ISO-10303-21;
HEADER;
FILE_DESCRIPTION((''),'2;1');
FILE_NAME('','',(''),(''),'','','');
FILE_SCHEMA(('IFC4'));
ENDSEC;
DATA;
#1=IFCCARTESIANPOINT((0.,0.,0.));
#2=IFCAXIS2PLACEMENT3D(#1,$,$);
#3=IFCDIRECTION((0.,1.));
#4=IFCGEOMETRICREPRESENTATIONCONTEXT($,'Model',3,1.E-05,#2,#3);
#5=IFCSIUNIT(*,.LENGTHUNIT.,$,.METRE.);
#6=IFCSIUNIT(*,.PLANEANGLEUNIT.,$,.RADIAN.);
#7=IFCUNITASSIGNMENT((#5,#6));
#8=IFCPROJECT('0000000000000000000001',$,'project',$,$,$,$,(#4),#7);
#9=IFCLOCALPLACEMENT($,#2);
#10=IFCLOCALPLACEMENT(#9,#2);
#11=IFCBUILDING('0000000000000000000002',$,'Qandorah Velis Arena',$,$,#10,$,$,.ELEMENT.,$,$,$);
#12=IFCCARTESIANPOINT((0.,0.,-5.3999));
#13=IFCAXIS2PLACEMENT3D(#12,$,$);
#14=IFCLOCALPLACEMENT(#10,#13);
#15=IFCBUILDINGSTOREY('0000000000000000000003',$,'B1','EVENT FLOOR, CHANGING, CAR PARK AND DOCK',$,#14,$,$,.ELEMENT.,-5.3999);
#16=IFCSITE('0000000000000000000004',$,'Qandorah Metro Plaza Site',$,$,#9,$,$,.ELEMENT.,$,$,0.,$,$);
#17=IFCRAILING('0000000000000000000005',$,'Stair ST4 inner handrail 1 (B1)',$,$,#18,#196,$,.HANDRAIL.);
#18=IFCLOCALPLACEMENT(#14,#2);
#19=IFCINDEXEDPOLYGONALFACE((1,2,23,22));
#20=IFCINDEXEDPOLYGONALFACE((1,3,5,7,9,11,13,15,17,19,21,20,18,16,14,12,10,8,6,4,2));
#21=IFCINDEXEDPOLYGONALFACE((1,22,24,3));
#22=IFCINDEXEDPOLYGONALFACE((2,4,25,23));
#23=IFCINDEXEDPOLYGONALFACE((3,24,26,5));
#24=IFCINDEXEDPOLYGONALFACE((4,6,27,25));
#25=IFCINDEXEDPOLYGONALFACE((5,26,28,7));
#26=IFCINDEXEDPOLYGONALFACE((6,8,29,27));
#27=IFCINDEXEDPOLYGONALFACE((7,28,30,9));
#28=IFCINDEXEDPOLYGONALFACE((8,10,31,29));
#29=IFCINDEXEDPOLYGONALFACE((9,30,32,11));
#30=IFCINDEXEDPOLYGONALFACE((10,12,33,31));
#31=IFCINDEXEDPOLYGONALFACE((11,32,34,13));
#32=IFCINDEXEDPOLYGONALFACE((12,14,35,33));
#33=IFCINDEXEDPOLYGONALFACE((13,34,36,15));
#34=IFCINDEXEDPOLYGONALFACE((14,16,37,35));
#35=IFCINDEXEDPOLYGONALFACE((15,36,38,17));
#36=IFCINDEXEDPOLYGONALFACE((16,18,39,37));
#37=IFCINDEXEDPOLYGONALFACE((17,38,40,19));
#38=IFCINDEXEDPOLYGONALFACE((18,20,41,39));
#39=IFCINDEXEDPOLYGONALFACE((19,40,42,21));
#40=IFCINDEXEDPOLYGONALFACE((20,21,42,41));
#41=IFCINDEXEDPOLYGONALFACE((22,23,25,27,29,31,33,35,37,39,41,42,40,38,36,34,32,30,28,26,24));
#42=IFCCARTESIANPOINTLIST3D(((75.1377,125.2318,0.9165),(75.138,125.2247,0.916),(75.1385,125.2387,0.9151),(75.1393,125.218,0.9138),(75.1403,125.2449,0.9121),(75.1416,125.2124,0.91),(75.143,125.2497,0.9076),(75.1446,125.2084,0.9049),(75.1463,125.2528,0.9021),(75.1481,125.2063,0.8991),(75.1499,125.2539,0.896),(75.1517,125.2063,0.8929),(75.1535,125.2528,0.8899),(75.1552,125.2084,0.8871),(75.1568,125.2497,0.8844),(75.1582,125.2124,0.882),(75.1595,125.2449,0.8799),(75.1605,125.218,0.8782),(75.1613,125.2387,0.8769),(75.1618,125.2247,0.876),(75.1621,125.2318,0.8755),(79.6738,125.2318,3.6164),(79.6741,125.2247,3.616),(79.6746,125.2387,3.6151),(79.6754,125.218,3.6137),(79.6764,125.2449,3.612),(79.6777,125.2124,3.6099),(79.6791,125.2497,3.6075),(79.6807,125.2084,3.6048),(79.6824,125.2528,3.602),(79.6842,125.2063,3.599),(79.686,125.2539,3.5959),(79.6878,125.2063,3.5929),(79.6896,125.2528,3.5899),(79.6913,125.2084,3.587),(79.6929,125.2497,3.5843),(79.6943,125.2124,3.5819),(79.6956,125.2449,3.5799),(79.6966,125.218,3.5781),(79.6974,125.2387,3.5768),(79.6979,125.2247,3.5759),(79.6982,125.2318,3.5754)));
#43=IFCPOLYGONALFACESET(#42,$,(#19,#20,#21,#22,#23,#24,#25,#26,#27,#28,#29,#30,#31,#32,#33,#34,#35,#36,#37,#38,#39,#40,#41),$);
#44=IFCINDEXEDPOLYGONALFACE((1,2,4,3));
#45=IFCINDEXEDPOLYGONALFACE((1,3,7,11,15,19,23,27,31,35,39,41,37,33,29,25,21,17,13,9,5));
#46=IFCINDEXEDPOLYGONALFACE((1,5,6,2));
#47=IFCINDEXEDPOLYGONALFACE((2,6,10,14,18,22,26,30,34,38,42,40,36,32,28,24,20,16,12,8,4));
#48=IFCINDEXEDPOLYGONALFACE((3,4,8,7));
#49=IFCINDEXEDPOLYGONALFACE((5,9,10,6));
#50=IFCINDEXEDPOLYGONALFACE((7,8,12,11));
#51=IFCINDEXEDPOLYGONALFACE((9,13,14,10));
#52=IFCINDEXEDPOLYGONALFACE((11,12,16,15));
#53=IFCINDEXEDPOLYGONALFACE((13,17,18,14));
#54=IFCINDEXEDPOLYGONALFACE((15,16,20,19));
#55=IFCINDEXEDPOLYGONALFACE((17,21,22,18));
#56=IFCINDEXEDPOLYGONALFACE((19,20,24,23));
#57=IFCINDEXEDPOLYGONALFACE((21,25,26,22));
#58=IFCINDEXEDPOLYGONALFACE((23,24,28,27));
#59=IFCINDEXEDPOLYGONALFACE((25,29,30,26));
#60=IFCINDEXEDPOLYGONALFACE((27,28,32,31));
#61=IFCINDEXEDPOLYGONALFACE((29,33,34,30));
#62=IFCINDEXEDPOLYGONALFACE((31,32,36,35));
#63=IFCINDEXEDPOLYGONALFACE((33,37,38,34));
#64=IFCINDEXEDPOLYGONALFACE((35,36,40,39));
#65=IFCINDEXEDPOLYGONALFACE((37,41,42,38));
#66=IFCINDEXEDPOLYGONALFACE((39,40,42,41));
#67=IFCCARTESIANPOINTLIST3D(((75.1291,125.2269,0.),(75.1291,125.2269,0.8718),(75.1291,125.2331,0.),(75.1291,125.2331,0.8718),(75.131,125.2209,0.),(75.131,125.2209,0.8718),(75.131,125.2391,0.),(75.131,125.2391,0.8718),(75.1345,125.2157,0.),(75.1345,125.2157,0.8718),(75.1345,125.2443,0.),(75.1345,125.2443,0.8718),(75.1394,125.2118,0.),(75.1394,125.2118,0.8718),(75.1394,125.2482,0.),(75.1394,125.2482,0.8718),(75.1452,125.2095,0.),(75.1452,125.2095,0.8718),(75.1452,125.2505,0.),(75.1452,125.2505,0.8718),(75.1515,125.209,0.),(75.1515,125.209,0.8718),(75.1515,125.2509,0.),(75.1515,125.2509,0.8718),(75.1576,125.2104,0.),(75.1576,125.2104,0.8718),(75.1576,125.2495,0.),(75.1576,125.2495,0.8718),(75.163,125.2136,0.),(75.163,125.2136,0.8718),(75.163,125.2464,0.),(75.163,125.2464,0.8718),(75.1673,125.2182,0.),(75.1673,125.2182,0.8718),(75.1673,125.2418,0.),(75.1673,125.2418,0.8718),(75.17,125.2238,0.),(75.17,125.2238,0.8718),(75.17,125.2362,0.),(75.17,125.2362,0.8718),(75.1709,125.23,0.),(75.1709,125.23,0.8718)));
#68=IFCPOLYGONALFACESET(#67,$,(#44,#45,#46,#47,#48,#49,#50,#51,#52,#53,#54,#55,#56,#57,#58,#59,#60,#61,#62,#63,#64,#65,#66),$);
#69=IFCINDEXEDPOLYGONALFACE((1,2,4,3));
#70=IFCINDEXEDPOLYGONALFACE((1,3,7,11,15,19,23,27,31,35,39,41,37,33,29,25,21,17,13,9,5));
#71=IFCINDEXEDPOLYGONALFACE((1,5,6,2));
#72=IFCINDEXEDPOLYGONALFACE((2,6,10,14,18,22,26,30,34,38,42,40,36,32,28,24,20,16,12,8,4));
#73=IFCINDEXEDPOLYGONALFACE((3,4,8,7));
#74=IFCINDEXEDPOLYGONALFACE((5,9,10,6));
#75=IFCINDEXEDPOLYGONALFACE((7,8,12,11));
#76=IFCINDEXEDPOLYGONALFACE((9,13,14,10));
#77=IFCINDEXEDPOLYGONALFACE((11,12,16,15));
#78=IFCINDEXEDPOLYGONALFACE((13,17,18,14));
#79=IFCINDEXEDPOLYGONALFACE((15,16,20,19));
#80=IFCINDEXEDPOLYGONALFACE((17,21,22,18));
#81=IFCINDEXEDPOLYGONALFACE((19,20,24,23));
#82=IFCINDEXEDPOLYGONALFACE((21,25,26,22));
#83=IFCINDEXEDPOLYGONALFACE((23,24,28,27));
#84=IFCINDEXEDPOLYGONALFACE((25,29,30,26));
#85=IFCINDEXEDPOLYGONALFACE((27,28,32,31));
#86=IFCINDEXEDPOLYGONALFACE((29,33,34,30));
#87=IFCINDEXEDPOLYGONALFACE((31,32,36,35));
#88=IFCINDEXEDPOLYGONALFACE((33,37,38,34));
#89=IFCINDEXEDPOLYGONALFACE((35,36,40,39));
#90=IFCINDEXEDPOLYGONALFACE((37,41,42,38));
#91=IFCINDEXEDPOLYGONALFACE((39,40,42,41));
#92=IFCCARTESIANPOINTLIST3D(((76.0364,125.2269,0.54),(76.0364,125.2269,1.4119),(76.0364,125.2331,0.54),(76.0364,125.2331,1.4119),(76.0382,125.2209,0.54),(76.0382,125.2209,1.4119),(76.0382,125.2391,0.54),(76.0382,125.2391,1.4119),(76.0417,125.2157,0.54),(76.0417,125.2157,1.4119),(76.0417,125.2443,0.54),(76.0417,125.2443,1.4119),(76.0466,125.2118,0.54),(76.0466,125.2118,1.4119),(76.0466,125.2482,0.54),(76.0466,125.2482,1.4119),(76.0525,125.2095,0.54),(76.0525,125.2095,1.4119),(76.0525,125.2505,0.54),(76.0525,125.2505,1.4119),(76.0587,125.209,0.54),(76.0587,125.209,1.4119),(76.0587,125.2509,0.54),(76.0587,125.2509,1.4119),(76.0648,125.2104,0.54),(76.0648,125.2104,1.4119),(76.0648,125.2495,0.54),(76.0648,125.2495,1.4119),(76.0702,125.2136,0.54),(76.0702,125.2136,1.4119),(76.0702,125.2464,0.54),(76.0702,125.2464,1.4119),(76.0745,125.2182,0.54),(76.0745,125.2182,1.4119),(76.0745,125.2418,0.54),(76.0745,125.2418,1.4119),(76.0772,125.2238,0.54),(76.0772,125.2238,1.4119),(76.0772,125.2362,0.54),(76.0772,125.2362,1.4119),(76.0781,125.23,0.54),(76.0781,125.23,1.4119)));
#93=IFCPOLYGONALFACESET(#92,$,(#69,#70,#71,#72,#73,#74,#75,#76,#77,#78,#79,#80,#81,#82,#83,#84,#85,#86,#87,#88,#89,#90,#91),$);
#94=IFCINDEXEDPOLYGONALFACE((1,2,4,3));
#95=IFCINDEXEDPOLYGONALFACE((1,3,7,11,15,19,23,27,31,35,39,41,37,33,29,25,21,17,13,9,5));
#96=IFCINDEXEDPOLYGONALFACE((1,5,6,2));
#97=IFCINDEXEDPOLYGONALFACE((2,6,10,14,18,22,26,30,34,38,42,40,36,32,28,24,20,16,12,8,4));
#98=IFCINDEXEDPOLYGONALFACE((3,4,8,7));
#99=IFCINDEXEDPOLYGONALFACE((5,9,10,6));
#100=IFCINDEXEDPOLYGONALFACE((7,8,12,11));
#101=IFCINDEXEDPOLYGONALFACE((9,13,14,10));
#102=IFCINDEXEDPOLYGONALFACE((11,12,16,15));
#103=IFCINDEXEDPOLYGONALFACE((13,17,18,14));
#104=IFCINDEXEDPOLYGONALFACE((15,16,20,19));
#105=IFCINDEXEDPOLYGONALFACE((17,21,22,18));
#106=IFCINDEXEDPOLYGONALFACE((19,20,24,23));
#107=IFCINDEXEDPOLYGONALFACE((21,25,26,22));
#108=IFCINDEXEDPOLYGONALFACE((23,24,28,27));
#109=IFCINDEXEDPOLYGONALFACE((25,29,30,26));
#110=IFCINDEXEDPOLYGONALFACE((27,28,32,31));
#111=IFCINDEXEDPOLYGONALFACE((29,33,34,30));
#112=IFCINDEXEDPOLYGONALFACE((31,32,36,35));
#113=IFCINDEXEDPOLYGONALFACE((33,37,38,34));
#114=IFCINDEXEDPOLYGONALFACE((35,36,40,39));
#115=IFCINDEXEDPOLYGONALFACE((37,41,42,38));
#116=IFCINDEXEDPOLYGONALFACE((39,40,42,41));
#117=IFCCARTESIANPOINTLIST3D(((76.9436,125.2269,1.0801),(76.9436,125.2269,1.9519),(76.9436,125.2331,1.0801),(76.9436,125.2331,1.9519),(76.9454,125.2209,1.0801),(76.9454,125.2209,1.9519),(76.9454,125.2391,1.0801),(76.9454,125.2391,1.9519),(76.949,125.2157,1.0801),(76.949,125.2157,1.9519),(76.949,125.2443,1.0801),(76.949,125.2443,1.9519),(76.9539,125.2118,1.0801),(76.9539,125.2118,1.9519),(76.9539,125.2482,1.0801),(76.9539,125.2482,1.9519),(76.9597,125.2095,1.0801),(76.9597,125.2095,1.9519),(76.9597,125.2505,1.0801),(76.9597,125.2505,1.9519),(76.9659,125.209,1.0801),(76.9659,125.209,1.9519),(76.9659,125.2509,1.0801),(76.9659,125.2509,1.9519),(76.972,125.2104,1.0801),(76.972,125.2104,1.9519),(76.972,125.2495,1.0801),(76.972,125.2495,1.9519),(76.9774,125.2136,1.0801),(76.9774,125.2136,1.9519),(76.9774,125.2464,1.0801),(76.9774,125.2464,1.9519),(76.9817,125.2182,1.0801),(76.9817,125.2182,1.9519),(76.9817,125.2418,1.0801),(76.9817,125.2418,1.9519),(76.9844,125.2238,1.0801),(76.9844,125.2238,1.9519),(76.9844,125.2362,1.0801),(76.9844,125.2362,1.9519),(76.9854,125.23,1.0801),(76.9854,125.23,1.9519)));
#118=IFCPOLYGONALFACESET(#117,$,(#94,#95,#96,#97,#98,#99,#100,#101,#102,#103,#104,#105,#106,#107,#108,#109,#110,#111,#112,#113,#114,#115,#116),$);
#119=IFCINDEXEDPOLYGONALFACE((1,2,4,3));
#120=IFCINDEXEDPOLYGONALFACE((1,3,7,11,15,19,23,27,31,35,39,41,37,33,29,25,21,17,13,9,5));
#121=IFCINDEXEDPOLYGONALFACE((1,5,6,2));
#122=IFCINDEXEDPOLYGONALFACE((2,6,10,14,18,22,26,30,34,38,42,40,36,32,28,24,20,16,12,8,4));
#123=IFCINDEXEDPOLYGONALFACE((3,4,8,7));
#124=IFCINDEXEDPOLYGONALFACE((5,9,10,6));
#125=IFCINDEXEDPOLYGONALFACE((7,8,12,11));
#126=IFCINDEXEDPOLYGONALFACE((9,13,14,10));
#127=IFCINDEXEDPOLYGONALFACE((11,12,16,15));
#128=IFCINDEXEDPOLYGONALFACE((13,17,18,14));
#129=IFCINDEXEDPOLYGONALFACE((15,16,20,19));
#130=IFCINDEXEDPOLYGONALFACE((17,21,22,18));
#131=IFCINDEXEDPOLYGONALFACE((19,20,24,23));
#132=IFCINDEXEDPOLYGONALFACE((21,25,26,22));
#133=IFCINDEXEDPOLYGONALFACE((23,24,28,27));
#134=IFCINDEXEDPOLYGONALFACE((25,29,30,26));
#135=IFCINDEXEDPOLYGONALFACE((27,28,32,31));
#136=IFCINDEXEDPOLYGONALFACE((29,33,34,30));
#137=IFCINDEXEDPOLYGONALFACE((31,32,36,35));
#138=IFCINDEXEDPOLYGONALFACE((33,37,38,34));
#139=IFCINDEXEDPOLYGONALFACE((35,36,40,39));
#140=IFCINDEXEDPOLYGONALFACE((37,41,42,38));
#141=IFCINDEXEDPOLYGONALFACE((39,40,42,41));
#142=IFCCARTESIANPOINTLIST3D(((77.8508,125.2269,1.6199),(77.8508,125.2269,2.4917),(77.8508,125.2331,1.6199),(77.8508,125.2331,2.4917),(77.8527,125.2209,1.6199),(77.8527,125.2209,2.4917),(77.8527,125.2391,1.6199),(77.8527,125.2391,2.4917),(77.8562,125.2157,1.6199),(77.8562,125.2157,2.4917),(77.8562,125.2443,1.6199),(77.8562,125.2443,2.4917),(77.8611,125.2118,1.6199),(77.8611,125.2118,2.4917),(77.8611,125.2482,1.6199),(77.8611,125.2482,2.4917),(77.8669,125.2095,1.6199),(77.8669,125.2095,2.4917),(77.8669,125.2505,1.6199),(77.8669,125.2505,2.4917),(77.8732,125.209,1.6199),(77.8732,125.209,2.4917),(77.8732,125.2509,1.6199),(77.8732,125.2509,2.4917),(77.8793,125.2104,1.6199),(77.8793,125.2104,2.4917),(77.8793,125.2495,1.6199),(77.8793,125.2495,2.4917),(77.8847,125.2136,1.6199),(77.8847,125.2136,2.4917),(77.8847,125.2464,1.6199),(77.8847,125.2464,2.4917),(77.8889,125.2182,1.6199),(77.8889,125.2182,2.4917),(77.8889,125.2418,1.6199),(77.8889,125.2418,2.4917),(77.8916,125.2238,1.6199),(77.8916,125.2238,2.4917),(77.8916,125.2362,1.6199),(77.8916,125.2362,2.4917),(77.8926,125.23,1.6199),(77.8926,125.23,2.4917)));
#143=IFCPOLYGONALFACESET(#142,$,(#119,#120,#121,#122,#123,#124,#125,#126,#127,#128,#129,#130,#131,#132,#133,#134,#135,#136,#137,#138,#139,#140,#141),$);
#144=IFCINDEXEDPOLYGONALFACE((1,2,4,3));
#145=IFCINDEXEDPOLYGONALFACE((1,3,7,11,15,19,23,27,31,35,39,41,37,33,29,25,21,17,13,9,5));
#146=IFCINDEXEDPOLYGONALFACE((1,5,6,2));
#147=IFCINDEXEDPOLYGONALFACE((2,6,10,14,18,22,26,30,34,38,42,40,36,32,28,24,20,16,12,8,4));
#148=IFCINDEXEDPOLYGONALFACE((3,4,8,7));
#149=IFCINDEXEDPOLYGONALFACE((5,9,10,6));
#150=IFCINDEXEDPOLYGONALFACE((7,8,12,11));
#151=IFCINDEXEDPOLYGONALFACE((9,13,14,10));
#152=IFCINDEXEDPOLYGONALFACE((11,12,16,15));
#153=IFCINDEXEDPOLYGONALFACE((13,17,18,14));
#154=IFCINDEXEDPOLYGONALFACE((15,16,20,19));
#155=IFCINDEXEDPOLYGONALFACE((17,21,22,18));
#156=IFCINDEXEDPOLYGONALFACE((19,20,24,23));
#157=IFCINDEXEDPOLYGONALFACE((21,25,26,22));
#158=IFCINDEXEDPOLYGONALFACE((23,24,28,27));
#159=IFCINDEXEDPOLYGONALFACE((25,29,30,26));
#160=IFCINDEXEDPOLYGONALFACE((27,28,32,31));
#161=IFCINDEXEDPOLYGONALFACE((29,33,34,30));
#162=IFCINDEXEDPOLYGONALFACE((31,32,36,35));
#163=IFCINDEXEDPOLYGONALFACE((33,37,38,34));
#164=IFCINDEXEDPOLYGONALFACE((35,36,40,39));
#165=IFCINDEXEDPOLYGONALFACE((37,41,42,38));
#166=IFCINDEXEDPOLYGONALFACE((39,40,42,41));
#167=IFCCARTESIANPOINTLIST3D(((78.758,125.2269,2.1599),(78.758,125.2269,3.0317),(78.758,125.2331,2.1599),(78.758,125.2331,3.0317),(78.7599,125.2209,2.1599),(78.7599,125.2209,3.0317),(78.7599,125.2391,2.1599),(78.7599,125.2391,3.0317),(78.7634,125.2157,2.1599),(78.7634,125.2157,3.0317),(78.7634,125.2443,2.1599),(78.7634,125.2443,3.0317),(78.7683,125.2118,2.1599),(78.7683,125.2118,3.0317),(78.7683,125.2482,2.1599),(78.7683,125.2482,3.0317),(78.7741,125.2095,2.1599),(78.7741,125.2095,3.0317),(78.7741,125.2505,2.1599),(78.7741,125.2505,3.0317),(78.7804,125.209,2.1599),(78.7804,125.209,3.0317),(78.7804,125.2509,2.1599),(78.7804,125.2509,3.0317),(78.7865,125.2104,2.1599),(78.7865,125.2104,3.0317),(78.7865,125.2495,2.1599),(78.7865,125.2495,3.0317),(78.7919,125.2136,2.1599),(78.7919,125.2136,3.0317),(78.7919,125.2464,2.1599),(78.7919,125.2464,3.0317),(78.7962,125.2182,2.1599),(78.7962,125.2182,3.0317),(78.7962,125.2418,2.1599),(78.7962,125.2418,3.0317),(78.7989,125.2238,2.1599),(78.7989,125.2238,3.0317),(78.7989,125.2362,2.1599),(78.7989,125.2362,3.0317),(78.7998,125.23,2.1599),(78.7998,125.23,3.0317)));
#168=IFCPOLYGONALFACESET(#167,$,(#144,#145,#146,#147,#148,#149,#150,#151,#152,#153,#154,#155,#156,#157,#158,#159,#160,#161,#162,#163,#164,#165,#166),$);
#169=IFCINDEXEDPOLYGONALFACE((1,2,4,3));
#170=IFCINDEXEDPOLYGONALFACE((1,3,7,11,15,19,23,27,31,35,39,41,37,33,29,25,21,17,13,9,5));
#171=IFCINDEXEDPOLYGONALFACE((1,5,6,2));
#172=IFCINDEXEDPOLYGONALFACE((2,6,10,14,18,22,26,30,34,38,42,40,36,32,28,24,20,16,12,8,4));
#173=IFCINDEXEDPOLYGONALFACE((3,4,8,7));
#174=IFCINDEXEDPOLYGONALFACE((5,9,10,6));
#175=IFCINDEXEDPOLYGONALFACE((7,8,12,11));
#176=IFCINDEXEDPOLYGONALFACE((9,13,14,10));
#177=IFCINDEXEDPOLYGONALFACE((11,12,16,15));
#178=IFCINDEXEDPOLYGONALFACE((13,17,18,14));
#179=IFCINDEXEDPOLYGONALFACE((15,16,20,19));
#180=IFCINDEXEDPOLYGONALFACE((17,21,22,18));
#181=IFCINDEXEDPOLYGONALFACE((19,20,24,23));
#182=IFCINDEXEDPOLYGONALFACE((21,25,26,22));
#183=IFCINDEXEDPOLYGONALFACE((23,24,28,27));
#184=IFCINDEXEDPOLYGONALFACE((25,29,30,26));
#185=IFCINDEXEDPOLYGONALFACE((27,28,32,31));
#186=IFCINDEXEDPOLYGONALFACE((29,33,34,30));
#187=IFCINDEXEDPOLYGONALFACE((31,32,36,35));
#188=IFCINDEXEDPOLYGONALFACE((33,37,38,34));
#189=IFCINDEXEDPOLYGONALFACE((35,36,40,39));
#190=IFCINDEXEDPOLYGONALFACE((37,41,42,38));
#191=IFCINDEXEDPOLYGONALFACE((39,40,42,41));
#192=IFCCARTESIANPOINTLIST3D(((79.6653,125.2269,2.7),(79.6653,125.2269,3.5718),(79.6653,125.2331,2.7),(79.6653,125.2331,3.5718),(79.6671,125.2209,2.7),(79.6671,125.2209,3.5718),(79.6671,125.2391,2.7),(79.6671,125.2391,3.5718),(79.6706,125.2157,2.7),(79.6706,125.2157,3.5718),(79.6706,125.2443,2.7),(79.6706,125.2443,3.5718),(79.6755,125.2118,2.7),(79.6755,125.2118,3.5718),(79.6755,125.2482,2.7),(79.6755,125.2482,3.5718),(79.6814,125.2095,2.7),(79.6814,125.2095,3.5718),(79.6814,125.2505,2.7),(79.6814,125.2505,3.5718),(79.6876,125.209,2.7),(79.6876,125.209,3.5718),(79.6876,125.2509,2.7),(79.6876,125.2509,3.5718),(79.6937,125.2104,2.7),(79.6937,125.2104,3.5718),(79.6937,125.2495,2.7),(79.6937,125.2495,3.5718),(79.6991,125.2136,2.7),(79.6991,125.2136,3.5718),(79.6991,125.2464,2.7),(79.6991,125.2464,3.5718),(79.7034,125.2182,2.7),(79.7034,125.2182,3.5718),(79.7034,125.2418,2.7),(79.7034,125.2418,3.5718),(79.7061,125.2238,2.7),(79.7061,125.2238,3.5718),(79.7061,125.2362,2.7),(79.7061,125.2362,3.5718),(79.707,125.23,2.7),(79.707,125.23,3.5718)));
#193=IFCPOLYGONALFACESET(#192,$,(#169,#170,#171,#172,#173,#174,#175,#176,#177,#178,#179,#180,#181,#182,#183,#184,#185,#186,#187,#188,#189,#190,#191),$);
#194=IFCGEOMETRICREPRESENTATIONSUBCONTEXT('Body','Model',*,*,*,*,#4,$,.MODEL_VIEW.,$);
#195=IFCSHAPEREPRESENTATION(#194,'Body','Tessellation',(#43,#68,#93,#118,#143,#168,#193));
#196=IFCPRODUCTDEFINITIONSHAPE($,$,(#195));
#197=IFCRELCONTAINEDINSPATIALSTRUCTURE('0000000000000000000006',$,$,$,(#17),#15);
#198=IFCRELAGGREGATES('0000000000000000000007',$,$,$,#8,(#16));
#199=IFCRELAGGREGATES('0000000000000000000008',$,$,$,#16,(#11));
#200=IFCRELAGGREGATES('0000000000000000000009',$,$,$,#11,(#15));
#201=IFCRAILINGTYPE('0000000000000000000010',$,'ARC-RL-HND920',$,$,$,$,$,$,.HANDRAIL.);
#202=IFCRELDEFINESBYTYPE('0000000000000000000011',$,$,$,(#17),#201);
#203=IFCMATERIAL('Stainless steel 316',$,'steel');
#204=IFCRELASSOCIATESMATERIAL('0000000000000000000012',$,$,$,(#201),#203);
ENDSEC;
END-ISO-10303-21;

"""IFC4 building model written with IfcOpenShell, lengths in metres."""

from ifc_helpers import new_model, si_unit, direction, frame, origin, origin_2d, place, context, subcontext, project, spatial, circle, extrude, material, type_object, element, save


model = new_model("IFC4")

# Units and contexts
model_context = context("Model", 3, precision=1e-05, world=origin(), true_north=direction((0.0, 1.0)))
body_context = subcontext(model_context, "Body", "Model", "MODEL_VIEW")
ifc_project = project(units=[si_unit("LENGTHUNIT", "METRE"), si_unit("PLANEANGLEUNIT", "RADIAN")], contexts=[model_context])

# Site, building, storey
site_placement = place(None, origin())
site = spatial("IfcSite", under=ifc_project, at=site_placement, Name="Qandorah Metro Plaza Site", CompositionType="ELEMENT", RefElevation=0.0)
building_placement = place(site_placement, origin())
building = spatial("IfcBuilding", under=site, at=building_placement, Name="Qandorah Velis Arena", CompositionType="ELEMENT")
storey_placement = place(building_placement, frame((0.0, 0.0, -5.3999)))
storey = spatial("IfcBuildingStorey", under=building, at=storey_placement, Name="B1", Description="EVENT FLOOR, CHANGING, CAR PARK AND DOCK", CompositionType="ELEMENT", Elevation=-5.3999)

# Railing
ifc_material_1 = material(Name="Stainless steel 316", Category="steel")
railing_type_1 = type_object("IfcRailingType", Name="ARC-RL-HND920", PredefinedType="HANDRAIL", material=ifc_material_1)
railing_1_placement = place(storey_placement, frame((75.1499, 125.23, 0.0)))
element("IfcRailing", 1, at=railing_1_placement, inside=storey, type_object=railing_type_1, Name="Stair ST4 inner handrail 1 (B1)", PredefinedType="HANDRAIL", context=body_context, shape_type="SweptSolid", body=[
    extrude(circle(Radius=0.0239, at=origin_2d()), frame((0.0, 0.0, 0.896), z_axis=(0.859304, 0.0, 0.511466), x_axis=(0.0, 1.0, 0.0)), (0.0, 0.0, 1.0), 5.2788),
    extrude(circle(Radius=0.021, at=origin_2d()), origin(), (0.0, 0.0, 1.0), 0.8718),
    extrude(circle(Radius=0.021, at=origin_2d()), frame((0.9072, 0.0, 0.54)), (0.0, 0.0, 1.0), 0.8718),
    extrude(circle(Radius=0.021, at=origin_2d()), frame((1.8145, 0.0, 1.0801)), (0.0, 0.0, 1.0), 0.8718),
    extrude(circle(Radius=0.021, at=origin_2d()), frame((2.7217, 0.0, 1.6199)), (0.0, 0.0, 1.0), 0.8718),
    extrude(circle(Radius=0.021, at=origin_2d()), frame((3.6289, 0.0, 2.1599)), (0.0, 0.0, 1.0), 0.8718),
    extrude(circle(Radius=0.021, at=origin_2d()), frame((4.5361, 0.0, 2.7)), (0.0, 0.0, 1.0), 0.8718),
])

save(model, "model.ifc")
